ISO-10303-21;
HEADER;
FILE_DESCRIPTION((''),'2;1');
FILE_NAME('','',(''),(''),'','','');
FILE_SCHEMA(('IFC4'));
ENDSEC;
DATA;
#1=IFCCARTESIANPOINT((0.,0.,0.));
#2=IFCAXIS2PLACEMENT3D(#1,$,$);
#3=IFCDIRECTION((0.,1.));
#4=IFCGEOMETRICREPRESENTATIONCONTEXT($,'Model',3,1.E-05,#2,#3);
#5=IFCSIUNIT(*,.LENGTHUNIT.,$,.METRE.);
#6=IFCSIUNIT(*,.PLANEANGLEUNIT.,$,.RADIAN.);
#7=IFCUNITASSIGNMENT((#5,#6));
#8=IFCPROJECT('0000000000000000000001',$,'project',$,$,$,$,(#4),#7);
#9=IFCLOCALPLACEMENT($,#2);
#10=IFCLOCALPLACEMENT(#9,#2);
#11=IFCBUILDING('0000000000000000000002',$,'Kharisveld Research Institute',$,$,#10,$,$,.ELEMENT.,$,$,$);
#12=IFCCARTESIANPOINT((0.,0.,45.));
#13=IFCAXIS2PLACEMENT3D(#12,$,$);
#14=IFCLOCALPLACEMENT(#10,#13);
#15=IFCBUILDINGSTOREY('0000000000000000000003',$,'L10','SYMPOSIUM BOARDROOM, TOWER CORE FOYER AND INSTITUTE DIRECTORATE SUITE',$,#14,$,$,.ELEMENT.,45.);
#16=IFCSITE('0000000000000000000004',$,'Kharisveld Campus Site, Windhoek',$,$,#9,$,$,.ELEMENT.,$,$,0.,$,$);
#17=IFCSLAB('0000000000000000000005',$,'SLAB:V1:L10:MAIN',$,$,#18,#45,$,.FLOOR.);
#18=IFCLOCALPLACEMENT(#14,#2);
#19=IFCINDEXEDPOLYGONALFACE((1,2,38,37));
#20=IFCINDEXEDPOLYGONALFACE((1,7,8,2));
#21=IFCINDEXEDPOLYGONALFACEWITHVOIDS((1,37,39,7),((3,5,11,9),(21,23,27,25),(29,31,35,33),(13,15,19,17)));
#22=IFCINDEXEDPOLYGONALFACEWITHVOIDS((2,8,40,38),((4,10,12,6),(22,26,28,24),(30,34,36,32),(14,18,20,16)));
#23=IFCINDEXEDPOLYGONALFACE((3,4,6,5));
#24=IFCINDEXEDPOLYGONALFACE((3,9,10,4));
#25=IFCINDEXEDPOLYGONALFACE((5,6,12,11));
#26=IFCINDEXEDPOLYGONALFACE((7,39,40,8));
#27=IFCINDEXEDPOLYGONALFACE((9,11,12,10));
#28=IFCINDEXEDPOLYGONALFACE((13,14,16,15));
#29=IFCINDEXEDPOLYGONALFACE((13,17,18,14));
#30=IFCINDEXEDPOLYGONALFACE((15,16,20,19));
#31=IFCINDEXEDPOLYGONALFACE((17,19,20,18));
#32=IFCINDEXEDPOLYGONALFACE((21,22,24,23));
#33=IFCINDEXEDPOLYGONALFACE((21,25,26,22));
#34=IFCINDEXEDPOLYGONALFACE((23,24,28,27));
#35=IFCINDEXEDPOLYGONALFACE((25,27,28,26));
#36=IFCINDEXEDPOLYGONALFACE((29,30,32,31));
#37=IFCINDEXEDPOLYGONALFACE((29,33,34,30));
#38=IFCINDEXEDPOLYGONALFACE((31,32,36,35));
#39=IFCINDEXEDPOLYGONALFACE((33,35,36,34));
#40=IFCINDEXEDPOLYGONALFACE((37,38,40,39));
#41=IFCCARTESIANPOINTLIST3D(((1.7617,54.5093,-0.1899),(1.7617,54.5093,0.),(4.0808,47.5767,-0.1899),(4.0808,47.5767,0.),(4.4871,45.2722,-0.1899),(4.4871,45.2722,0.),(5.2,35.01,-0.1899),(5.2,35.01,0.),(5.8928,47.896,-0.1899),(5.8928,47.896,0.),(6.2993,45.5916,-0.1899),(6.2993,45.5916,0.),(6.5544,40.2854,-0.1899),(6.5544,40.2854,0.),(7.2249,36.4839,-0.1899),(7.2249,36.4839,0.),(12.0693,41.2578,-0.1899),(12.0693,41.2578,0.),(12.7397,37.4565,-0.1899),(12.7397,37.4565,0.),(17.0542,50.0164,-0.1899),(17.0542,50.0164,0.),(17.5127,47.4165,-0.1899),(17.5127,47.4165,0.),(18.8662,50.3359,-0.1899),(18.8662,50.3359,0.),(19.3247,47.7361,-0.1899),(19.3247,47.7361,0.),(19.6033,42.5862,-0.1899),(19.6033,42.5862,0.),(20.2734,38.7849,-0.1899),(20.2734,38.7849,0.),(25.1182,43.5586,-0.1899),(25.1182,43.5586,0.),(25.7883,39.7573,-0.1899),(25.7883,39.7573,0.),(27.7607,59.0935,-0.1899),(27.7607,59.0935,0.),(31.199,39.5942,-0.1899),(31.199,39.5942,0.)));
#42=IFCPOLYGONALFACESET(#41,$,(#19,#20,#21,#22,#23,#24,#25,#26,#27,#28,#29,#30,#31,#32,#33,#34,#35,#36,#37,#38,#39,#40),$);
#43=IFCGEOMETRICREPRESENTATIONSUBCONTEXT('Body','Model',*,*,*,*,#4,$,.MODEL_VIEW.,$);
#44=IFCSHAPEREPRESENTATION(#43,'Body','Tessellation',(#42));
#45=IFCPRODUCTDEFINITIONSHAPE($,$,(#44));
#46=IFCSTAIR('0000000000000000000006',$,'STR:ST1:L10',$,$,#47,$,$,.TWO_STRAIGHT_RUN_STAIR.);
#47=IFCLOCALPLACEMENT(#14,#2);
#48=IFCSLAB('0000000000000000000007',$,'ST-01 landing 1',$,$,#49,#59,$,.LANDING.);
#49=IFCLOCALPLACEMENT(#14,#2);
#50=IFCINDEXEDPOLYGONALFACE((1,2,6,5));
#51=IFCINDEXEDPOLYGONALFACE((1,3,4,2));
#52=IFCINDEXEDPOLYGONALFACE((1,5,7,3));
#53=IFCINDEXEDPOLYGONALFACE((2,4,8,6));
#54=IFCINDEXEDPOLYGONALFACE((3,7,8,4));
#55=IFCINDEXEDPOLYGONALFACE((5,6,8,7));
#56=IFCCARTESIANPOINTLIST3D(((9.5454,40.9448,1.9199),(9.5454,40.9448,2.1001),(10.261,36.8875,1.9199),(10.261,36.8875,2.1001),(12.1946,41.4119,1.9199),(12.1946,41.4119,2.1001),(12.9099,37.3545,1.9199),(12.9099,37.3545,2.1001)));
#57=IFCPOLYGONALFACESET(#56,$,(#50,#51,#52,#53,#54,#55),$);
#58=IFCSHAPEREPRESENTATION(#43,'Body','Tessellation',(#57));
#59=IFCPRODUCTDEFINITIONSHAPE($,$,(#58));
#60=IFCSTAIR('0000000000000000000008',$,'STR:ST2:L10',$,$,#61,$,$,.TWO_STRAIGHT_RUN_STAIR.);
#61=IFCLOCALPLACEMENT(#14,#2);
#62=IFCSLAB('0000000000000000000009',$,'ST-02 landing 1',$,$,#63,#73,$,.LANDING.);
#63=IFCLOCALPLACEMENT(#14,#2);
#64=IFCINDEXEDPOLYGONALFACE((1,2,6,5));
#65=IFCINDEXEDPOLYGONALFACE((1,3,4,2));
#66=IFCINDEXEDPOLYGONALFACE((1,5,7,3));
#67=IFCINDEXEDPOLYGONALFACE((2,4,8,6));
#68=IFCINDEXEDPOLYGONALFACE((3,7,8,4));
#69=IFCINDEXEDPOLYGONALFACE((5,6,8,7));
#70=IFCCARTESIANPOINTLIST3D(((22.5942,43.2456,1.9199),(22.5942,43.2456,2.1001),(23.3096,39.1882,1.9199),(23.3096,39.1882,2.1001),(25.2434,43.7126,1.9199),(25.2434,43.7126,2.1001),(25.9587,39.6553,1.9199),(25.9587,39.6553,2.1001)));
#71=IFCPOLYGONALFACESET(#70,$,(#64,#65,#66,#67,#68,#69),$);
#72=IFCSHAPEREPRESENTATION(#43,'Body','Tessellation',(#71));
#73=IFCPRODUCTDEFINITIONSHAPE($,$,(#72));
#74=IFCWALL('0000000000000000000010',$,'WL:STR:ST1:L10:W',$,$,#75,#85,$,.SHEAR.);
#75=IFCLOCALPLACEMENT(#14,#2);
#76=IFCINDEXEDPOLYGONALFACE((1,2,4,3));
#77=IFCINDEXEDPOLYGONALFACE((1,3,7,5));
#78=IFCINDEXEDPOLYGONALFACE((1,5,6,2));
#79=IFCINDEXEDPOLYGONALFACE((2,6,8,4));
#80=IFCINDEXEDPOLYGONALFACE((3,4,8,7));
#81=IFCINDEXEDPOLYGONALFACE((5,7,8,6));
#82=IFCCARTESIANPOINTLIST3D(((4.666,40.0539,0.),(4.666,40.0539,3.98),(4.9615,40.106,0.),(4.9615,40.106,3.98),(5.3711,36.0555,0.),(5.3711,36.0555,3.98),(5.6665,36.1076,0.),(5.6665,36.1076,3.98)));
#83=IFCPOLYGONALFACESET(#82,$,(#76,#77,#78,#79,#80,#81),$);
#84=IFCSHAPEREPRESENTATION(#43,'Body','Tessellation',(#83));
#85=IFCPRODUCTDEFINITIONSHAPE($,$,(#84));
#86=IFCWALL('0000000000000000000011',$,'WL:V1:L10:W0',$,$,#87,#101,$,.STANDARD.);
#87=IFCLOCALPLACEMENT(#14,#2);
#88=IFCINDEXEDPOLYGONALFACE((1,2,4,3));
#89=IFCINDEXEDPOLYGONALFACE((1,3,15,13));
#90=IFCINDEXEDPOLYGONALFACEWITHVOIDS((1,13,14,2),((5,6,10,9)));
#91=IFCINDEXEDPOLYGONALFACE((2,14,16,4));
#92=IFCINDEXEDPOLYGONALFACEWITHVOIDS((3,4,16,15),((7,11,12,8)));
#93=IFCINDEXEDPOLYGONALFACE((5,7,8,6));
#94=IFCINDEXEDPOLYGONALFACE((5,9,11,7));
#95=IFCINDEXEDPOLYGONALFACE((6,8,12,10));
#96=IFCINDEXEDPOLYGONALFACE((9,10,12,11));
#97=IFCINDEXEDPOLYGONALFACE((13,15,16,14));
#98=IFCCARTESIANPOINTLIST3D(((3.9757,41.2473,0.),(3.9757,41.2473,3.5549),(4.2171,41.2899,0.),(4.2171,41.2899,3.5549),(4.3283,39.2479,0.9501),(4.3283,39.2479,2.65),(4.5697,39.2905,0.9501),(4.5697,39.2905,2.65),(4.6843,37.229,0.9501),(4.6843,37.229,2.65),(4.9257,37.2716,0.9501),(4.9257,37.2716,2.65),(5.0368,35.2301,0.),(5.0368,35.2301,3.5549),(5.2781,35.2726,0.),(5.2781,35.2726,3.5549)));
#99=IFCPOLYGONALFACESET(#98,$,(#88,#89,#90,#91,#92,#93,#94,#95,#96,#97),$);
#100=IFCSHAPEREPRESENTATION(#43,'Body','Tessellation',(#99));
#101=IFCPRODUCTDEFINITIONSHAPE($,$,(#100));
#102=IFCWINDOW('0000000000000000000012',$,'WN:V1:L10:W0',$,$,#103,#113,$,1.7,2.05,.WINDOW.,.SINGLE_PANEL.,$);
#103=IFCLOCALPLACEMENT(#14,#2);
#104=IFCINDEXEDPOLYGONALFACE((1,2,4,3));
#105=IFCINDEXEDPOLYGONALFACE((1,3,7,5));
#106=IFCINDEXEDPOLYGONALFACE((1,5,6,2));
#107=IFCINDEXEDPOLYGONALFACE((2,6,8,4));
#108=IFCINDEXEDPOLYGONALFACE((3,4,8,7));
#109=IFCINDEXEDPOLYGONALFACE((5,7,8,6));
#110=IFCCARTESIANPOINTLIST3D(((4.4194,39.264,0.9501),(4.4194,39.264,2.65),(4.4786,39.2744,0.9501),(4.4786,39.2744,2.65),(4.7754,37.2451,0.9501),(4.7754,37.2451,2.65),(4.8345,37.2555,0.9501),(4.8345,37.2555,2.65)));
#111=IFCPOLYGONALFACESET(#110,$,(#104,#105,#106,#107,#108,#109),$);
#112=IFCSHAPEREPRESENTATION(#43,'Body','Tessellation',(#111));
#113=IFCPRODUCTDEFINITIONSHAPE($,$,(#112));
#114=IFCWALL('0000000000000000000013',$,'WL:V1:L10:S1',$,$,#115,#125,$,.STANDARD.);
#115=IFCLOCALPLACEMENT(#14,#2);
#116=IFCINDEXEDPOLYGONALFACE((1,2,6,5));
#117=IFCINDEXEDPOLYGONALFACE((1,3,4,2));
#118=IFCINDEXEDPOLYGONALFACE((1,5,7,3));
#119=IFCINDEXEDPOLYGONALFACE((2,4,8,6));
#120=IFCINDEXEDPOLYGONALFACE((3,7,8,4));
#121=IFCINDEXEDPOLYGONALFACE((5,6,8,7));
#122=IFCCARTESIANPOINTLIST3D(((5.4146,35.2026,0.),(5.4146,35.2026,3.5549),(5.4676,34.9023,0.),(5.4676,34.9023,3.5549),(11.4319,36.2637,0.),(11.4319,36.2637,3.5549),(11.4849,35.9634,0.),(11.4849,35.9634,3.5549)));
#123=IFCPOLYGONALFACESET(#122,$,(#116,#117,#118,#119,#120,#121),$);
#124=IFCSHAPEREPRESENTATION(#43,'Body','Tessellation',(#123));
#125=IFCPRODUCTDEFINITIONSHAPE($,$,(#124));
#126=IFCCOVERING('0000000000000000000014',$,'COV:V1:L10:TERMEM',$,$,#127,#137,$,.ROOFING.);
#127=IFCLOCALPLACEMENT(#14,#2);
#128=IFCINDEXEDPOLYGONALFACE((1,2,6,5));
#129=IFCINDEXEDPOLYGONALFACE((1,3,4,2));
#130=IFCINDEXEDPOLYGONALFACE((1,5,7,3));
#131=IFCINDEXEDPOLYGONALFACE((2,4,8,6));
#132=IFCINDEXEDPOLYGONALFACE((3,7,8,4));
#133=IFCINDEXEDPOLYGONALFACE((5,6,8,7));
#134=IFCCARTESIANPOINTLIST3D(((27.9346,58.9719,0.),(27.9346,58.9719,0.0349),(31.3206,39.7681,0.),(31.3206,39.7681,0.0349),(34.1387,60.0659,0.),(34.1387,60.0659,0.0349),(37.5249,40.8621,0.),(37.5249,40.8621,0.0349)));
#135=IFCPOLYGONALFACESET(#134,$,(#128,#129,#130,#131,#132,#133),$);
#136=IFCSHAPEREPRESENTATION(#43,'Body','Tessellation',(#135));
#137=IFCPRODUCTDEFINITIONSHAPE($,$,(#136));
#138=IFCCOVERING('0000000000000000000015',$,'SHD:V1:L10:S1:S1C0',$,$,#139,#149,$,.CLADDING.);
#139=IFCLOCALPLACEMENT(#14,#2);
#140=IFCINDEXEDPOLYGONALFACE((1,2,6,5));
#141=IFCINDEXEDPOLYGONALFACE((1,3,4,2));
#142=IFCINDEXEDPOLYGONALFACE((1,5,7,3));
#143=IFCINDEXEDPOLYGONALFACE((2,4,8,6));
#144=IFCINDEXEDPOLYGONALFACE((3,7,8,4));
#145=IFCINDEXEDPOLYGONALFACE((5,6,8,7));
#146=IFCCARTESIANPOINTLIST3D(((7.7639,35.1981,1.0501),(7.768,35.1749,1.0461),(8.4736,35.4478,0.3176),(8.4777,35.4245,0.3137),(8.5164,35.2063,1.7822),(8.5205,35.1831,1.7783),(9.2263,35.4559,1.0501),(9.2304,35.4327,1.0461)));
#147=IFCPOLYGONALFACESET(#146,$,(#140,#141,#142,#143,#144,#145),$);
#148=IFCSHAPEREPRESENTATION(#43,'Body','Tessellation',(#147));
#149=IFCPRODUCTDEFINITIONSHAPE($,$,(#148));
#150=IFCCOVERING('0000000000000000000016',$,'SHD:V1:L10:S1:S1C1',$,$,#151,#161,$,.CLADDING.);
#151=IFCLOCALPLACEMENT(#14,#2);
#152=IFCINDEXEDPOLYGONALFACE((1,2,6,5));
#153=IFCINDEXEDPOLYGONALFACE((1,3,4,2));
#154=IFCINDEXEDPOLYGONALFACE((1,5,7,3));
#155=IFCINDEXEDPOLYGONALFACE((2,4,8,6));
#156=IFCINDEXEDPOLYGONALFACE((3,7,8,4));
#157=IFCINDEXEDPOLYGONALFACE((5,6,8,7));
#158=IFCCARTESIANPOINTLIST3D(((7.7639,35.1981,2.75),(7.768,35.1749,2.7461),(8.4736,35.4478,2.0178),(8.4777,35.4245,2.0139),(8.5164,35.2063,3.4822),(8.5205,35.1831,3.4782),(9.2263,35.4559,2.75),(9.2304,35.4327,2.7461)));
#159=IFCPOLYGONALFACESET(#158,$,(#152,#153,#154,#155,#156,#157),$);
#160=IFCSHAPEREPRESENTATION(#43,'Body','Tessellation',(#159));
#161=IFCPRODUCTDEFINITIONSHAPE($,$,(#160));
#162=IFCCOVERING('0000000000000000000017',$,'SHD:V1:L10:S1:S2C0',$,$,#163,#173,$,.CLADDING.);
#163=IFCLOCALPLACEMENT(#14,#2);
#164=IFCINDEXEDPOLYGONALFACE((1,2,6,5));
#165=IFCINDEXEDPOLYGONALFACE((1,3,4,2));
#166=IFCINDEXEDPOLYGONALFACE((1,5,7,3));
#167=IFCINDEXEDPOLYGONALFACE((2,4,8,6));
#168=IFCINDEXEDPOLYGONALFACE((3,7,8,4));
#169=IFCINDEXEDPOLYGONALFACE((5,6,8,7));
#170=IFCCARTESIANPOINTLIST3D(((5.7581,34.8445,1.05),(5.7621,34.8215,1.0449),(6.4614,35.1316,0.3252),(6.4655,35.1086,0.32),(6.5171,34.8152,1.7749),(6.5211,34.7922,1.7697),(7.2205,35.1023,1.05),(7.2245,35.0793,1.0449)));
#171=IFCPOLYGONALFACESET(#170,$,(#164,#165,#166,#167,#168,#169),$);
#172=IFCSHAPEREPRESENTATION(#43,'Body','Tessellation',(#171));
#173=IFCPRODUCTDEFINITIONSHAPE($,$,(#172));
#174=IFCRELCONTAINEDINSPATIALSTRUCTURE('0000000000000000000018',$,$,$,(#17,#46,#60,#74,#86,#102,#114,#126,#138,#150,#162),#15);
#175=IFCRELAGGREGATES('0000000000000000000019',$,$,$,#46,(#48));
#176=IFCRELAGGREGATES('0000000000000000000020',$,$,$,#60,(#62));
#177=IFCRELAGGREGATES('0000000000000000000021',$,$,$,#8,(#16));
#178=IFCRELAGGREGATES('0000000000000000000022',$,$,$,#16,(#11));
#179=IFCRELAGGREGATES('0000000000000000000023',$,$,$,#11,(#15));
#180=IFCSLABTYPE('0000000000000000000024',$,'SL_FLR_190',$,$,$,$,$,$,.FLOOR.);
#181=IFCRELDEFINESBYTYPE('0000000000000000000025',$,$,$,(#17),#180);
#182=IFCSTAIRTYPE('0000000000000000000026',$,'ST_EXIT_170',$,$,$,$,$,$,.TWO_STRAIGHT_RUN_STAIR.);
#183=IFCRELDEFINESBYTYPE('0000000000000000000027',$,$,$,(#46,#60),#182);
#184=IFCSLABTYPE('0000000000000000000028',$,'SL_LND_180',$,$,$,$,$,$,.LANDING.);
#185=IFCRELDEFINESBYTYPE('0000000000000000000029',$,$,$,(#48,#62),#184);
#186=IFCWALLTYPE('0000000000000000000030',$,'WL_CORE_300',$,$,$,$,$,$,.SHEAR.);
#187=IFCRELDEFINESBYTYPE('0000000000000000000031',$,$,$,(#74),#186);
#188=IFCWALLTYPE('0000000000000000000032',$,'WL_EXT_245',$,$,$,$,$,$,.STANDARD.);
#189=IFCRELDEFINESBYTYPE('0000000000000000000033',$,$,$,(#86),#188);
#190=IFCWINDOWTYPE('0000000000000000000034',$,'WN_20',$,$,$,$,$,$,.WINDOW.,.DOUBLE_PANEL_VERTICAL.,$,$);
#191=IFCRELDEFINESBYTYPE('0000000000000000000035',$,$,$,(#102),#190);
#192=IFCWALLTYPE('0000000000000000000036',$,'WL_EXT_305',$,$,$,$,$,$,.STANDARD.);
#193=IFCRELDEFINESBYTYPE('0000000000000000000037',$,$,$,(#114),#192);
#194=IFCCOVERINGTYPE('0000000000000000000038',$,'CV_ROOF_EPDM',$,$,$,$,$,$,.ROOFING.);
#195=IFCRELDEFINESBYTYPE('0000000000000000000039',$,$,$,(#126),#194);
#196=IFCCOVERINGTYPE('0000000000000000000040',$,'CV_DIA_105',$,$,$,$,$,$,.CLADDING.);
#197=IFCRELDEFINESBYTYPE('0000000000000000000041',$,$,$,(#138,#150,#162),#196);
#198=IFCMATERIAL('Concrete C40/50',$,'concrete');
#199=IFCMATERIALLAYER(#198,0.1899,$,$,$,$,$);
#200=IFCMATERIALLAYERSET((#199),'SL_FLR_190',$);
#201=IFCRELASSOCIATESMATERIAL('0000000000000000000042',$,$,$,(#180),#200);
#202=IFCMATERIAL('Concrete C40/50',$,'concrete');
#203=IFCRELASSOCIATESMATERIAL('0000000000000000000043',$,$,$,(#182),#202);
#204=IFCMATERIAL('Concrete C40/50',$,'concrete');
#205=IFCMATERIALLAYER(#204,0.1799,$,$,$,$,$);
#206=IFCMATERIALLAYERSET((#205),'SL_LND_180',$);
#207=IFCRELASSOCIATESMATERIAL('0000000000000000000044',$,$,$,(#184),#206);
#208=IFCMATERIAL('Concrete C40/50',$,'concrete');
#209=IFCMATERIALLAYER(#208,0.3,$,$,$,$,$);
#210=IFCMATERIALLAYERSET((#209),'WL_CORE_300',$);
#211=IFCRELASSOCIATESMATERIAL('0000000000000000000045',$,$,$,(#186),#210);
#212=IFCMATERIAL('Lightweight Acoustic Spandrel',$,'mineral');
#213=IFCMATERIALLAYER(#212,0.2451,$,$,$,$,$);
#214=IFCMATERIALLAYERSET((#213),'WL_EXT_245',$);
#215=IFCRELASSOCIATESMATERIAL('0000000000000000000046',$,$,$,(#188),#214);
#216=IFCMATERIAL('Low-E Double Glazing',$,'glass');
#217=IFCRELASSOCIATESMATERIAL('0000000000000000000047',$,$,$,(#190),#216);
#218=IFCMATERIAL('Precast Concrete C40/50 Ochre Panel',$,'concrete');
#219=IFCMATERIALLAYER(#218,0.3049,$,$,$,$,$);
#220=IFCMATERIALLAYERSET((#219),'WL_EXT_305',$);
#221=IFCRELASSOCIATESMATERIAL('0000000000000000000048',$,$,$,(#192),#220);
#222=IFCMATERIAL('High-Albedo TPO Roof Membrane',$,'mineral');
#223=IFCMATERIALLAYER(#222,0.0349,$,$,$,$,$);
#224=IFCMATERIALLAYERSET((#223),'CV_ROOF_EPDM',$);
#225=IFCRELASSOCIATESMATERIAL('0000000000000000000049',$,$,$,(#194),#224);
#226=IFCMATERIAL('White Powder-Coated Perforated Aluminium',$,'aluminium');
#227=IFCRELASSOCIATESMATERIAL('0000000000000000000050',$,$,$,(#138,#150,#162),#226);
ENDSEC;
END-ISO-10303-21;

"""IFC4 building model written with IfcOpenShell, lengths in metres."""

from ifc_helpers import new_model, si_unit, direction, frame, frame_2d, origin, place, context, subcontext, project, spatial, polyline, rectangle, outline, extrude, material, layer, layer_set, type_object, element, fill, aggregate, save


model = new_model("IFC4")

# Units and contexts
model_context = context("Model", 3, precision=1e-05, world=origin(), true_north=direction((0.0, 1.0)))
body_context = subcontext(model_context, "Body", "Model", "MODEL_VIEW")
ifc_project = project(units=[si_unit("LENGTHUNIT", "METRE"), si_unit("PLANEANGLEUNIT", "RADIAN")], contexts=[model_context])

# Site, building, storey
site_placement = place(None, origin())
site = spatial("IfcSite", under=ifc_project, at=site_placement, Name="Kharisveld Campus Site, Windhoek", CompositionType="ELEMENT", RefElevation=0.0)
building_placement = place(site_placement, origin())
building = spatial("IfcBuilding", under=site, at=building_placement, Name="Kharisveld Research Institute", CompositionType="ELEMENT")
storey_placement = place(building_placement, frame((0.0, 0.0, 45.0)))
storey = spatial("IfcBuildingStorey", under=building, at=storey_placement, Name="L10", Description="SYMPOSIUM BOARDROOM, TOWER CORE FOYER AND INSTITUTE DIRECTORATE SUITE", CompositionType="ELEMENT", Elevation=45.0)

# Slab
ifc_material_1 = material(Name="Concrete C40/50", Category="concrete")
ifc_layer_1 = layer(ifc_material_1, 0.1899)
ifc_layer_set_1 = layer_set([ifc_layer_1], Name="SL_FLR_190")
slab_type_1 = type_object("IfcSlabType", Name="SL_FLR_190", PredefinedType="FLOOR", material=ifc_layer_set_1)
slab_1_placement = place(storey_placement, frame((0.0, 0.0, -0.1899)))
element("IfcSlab", 1, at=slab_1_placement, inside=storey, type_object=slab_type_1, Name="SLAB:V1:L10:MAIN", PredefinedType="FLOOR", context=body_context, shape_type="SweptSolid", body=[
    extrude(outline(polyline([(5.2, 35.01), (31.199, 39.5942), (27.7607, 59.0935), (1.7617, 54.5093), (5.2, 35.01)]), holes=[polyline([(12.7397, 37.4565), (7.2249, 36.4839), (6.5544, 40.2854), (12.0693, 41.2578), (12.7397, 37.4565)]), polyline([(25.7883, 39.7573), (20.2734, 38.7849), (19.6033, 42.5862), (25.1182, 43.5586), (25.7883, 39.7573)]), polyline([(6.2993, 45.5916), (4.4871, 45.2722), (4.0808, 47.5767), (5.8928, 47.896), (6.2993, 45.5916)]), polyline([(19.3247, 47.7361), (17.5127, 47.4165), (17.0542, 50.0164), (18.8662, 50.3359), (19.3247, 47.7361)])]), origin(), (0.0, 0.0, 1.0), 0.1899),
])

# Stairs, slabs
ifc_material_2 = material(Name="Concrete C40/50", Category="concrete")
stair_type = type_object("IfcStairType", Name="ST_EXIT_170", PredefinedType="TWO_STRAIGHT_RUN_STAIR", material=ifc_material_2)
stair_1_placement = place(storey_placement, origin())
stair_1 = element("IfcStair", 2, at=stair_1_placement, inside=storey, type_object=stair_type, Name="STR:ST1:L10", PredefinedType="TWO_STRAIGHT_RUN_STAIR")
ifc_material_3 = material(Name="Concrete C40/50", Category="concrete")
ifc_layer_2 = layer(ifc_material_3, 0.1799)
ifc_layer_set_2 = layer_set([ifc_layer_2], Name="SL_LND_180")
slab_type_2 = type_object("IfcSlabType", Name="SL_LND_180", PredefinedType="LANDING", material=ifc_layer_set_2)
slab_2_placement = place(storey_placement, frame((0.0, 0.0, 1.9199)))
slab_2 = element("IfcSlab", 3, at=slab_2_placement, type_object=slab_type_2, Name="ST-01 landing 1", PredefinedType="LANDING", context=body_context, shape_type="SweptSolid", body=[
    extrude(outline(polyline([(10.261, 36.8875), (12.9099, 37.3545), (12.1946, 41.4119), (9.5454, 40.9448), (10.261, 36.8875)])), origin(), (0.0, 0.0, 1.0), 0.1802),
])
aggregate(stair_1, [slab_2])
stair_2_placement = place(storey_placement, origin())
stair_2 = element("IfcStair", 4, at=stair_2_placement, inside=storey, type_object=stair_type, Name="STR:ST2:L10", PredefinedType="TWO_STRAIGHT_RUN_STAIR")
slab_3_placement = place(storey_placement, frame((0.0, 0.0, 1.9199)))
slab_3 = element("IfcSlab", 5, at=slab_3_placement, type_object=slab_type_2, Name="ST-02 landing 1", PredefinedType="LANDING", context=body_context, shape_type="SweptSolid", body=[
    extrude(outline(polyline([(23.3096, 39.1882), (25.9587, 39.6553), (25.2434, 43.7126), (22.5942, 43.2456), (23.3096, 39.1882)])), origin(), (0.0, 0.0, 1.0), 0.1802),
])
aggregate(stair_2, [slab_3])

# Wall
ifc_material_4 = material(Name="Concrete C40/50", Category="concrete")
ifc_layer_3 = layer(ifc_material_4, 0.3)
ifc_layer_set_3 = layer_set([ifc_layer_3], Name="WL_CORE_300")
wall_type_1 = type_object("IfcWallType", Name="WL_CORE_300", PredefinedType="SHEAR", material=ifc_layer_set_3)
wall_1_placement = place(storey_placement, frame((5.5188, 36.0815, 0.0), z_axis=(0.0, 0.0, 1.0), x_axis=(-0.173665, 0.984805, 0.0)))
element("IfcWall", 6, at=wall_1_placement, inside=storey, type_object=wall_type_1, Name="WL:STR:ST1:L10:W", PredefinedType="SHEAR", context=body_context, shape_type="SweptSolid", body=[
    extrude(rectangle(XDim=4.0601, YDim=0.3, at=frame_2d((2.03, 0.0))), origin(), (0.0, 0.0, 1.0), 3.98),
])

# Wall, opening, window
ifc_material_5 = material(Name="Lightweight Acoustic Spandrel", Category="mineral")
ifc_layer_4 = layer(ifc_material_5, 0.2451)
ifc_layer_set_4 = layer_set([ifc_layer_4], Name="WL_EXT_245")
wall_type_2 = type_object("IfcWallType", Name="WL_EXT_245", PredefinedType="STANDARD", material=ifc_layer_set_4)
wall_2_placement = place(storey_placement, frame((5.1575, 35.2512, 0.0), z_axis=(0.0, 0.0, 1.0), x_axis=(-0.173651, 0.984807, 0.0)))
wall_2 = element("IfcWall", 7, at=wall_2_placement, inside=storey, type_object=wall_type_2, Name="WL:V1:L10:W0", PredefinedType="STANDARD", context=body_context, shape_type="SweptSolid", body=[
    extrude(rectangle(XDim=6.1101, YDim=0.2451, at=frame_2d((3.0552, 0.0))), origin(), (0.0, 0.0, 1.0), 3.5549),
])
opening_placement = place(wall_2_placement, frame((2.03, 0.0, 0.95)))
opening = element("IfcOpeningElement", 8, at=opening_placement, cuts=wall_2, PredefinedType="OPENING", context=body_context, shape_type="SweptSolid", body=[
    extrude(rectangle(XDim=2.05, YDim=1.7, at=frame_2d((1.0249, 0.8501))), frame((0.0, 0.1226, 0.0), z_axis=(0.0, -1.0, 0.0), x_axis=(1.0, 0.0, 0.0)), (0.0, 0.0, 1.0), 0.2451),
])
ifc_material_6 = material(Name="Low-E Double Glazing", Category="glass")
window_type = type_object("IfcWindowType", Name="WN_20", PartitioningType="DOUBLE_PANEL_VERTICAL", PredefinedType="WINDOW", material=ifc_material_6)
window_placement = place(opening_placement, origin())
window = element("IfcWindow", 9, at=window_placement, inside=storey, type_object=window_type, Name="WN:V1:L10:W0", OverallHeight=1.7, OverallWidth=2.05, PartitioningType="SINGLE_PANEL", PredefinedType="WINDOW", context=body_context, shape_type="SweptSolid", body=[
    extrude(rectangle(XDim=2.05, YDim=1.7, at=frame_2d((1.0249, 0.8501))), frame((0.0, 0.03, 0.0), z_axis=(0.0, -1.0, 0.0), x_axis=(1.0, 0.0, 0.0)), (0.0, 0.0, 1.0), 0.0601),
])
fill(opening, window)

# Wall
ifc_material_7 = material(Name="Precast Concrete C40/50 Ochre Panel", Category="concrete")
ifc_layer_5 = layer(ifc_material_7, 0.3049)
ifc_layer_set_5 = layer_set([ifc_layer_5], Name="WL_EXT_305")
wall_type_3 = type_object("IfcWallType", Name="WL_EXT_305", PredefinedType="STANDARD", material=ifc_layer_set_5)
wall_3_placement = place(storey_placement, frame((11.4585, 36.1135, 0.0), z_axis=(0.0, 0.0, 1.0), x_axis=(-0.984807, -0.173651, 0.0)))
element("IfcWall", 10, at=wall_3_placement, inside=storey, type_object=wall_type_3, Name="WL:V1:L10:S1", PredefinedType="STANDARD", context=body_context, shape_type="SweptSolid", body=[
    extrude(rectangle(XDim=6.1101, YDim=0.3049, at=frame_2d((3.0552, 0.0))), origin(), (0.0, 0.0, 1.0), 3.5549),
])

# Coverings
ifc_material_8 = material(Name="High-Albedo TPO Roof Membrane", Category="mineral")
ifc_layer_6 = layer(ifc_material_8, 0.0349)
ifc_layer_set_6 = layer_set([ifc_layer_6], Name="CV_ROOF_EPDM")
covering_type_1 = type_object("IfcCoveringType", Name="CV_ROOF_EPDM", PredefinedType="ROOFING", material=ifc_layer_set_6)
covering_1_placement = place(storey_placement, origin())
element("IfcCovering", 11, at=covering_1_placement, inside=storey, type_object=covering_type_1, Name="COV:V1:L10:TERMEM", PredefinedType="ROOFING", context=body_context, shape_type="SweptSolid", body=[
    extrude(outline(polyline([(31.3206, 39.7681), (37.5249, 40.8621), (34.1387, 60.0659), (27.9346, 58.9719), (31.3206, 39.7681)])), origin(), (0.0, 0.0, 1.0), 0.0349),
])
ifc_material_9 = material(Name="White Powder-Coated Perforated Aluminium", Category="aluminium")
covering_type_2 = type_object("IfcCoveringType", Name="CV_DIA_105", PredefinedType="CLADDING")
covering_2_placement = place(storey_placement, frame((8.4736, 35.4478, 0.3176), z_axis=(-0.171233, 0.971295, 0.165124), x_axis=(-0.675935, -0.23775, 0.697558)))
element("IfcCovering", 12, at=covering_2_placement, inside=storey, type_object=covering_type_2, material=ifc_material_9, Name="SHD:V1:L10:S1:S1C0", PredefinedType="CLADDING", context=body_context, shape_type="SweptSolid", body=[
    extrude(outline(polyline([(0.0, 0.0), (1.05, 0.0), (1.0502, 1.0499), (0.0002, 1.0503), (0.0, 0.0)])), origin(), (0.0, 0.0, -1.0), 0.0239),
])
covering_3_placement = place(storey_placement, frame((8.4736, 35.4478, 2.0178), z_axis=(-0.171232, 0.97129, 0.16515), x_axis=(-0.676048, -0.23777, 0.697442)))
element("IfcCovering", 13, at=covering_3_placement, inside=storey, type_object=covering_type_2, material=ifc_material_9, Name="SHD:V1:L10:S1:S1C1", PredefinedType="CLADDING", context=body_context, shape_type="SweptSolid", body=[
    extrude(outline(polyline([(0.0, 0.0), (1.0498, 0.0), (1.0498, 1.0499), (-0.0001, 1.0501), (0.0, 0.0)])), origin(), (0.0, 0.0, -1.0), 0.0239),
])
for number, where, z_axis, x_axis, name in (
    (14, (6.4614, 35.1316, 0.3252), (-0.169504, 0.961487, 0.216358), (-0.669853, -0.273429, 0.690314), "SHD:V1:L10:S1:S2C0"),
):
    element("IfcCovering", number, at=place(storey_placement, frame(where, z_axis=z_axis, x_axis=x_axis)), inside=storey, type_object=covering_type_2, material=ifc_material_9, Name=name, PredefinedType="CLADDING", context=body_context, shape_type="SweptSolid", body=[
        extrude(outline(polyline([(0.0, 0.0), (1.05, 0.0), (1.05, 1.05), (-0.0001, 1.05), (0.0, 0.0)])), origin(), (0.0, 0.0, -1.0), 0.0239),
    ])

save(model, "model.ifc")
